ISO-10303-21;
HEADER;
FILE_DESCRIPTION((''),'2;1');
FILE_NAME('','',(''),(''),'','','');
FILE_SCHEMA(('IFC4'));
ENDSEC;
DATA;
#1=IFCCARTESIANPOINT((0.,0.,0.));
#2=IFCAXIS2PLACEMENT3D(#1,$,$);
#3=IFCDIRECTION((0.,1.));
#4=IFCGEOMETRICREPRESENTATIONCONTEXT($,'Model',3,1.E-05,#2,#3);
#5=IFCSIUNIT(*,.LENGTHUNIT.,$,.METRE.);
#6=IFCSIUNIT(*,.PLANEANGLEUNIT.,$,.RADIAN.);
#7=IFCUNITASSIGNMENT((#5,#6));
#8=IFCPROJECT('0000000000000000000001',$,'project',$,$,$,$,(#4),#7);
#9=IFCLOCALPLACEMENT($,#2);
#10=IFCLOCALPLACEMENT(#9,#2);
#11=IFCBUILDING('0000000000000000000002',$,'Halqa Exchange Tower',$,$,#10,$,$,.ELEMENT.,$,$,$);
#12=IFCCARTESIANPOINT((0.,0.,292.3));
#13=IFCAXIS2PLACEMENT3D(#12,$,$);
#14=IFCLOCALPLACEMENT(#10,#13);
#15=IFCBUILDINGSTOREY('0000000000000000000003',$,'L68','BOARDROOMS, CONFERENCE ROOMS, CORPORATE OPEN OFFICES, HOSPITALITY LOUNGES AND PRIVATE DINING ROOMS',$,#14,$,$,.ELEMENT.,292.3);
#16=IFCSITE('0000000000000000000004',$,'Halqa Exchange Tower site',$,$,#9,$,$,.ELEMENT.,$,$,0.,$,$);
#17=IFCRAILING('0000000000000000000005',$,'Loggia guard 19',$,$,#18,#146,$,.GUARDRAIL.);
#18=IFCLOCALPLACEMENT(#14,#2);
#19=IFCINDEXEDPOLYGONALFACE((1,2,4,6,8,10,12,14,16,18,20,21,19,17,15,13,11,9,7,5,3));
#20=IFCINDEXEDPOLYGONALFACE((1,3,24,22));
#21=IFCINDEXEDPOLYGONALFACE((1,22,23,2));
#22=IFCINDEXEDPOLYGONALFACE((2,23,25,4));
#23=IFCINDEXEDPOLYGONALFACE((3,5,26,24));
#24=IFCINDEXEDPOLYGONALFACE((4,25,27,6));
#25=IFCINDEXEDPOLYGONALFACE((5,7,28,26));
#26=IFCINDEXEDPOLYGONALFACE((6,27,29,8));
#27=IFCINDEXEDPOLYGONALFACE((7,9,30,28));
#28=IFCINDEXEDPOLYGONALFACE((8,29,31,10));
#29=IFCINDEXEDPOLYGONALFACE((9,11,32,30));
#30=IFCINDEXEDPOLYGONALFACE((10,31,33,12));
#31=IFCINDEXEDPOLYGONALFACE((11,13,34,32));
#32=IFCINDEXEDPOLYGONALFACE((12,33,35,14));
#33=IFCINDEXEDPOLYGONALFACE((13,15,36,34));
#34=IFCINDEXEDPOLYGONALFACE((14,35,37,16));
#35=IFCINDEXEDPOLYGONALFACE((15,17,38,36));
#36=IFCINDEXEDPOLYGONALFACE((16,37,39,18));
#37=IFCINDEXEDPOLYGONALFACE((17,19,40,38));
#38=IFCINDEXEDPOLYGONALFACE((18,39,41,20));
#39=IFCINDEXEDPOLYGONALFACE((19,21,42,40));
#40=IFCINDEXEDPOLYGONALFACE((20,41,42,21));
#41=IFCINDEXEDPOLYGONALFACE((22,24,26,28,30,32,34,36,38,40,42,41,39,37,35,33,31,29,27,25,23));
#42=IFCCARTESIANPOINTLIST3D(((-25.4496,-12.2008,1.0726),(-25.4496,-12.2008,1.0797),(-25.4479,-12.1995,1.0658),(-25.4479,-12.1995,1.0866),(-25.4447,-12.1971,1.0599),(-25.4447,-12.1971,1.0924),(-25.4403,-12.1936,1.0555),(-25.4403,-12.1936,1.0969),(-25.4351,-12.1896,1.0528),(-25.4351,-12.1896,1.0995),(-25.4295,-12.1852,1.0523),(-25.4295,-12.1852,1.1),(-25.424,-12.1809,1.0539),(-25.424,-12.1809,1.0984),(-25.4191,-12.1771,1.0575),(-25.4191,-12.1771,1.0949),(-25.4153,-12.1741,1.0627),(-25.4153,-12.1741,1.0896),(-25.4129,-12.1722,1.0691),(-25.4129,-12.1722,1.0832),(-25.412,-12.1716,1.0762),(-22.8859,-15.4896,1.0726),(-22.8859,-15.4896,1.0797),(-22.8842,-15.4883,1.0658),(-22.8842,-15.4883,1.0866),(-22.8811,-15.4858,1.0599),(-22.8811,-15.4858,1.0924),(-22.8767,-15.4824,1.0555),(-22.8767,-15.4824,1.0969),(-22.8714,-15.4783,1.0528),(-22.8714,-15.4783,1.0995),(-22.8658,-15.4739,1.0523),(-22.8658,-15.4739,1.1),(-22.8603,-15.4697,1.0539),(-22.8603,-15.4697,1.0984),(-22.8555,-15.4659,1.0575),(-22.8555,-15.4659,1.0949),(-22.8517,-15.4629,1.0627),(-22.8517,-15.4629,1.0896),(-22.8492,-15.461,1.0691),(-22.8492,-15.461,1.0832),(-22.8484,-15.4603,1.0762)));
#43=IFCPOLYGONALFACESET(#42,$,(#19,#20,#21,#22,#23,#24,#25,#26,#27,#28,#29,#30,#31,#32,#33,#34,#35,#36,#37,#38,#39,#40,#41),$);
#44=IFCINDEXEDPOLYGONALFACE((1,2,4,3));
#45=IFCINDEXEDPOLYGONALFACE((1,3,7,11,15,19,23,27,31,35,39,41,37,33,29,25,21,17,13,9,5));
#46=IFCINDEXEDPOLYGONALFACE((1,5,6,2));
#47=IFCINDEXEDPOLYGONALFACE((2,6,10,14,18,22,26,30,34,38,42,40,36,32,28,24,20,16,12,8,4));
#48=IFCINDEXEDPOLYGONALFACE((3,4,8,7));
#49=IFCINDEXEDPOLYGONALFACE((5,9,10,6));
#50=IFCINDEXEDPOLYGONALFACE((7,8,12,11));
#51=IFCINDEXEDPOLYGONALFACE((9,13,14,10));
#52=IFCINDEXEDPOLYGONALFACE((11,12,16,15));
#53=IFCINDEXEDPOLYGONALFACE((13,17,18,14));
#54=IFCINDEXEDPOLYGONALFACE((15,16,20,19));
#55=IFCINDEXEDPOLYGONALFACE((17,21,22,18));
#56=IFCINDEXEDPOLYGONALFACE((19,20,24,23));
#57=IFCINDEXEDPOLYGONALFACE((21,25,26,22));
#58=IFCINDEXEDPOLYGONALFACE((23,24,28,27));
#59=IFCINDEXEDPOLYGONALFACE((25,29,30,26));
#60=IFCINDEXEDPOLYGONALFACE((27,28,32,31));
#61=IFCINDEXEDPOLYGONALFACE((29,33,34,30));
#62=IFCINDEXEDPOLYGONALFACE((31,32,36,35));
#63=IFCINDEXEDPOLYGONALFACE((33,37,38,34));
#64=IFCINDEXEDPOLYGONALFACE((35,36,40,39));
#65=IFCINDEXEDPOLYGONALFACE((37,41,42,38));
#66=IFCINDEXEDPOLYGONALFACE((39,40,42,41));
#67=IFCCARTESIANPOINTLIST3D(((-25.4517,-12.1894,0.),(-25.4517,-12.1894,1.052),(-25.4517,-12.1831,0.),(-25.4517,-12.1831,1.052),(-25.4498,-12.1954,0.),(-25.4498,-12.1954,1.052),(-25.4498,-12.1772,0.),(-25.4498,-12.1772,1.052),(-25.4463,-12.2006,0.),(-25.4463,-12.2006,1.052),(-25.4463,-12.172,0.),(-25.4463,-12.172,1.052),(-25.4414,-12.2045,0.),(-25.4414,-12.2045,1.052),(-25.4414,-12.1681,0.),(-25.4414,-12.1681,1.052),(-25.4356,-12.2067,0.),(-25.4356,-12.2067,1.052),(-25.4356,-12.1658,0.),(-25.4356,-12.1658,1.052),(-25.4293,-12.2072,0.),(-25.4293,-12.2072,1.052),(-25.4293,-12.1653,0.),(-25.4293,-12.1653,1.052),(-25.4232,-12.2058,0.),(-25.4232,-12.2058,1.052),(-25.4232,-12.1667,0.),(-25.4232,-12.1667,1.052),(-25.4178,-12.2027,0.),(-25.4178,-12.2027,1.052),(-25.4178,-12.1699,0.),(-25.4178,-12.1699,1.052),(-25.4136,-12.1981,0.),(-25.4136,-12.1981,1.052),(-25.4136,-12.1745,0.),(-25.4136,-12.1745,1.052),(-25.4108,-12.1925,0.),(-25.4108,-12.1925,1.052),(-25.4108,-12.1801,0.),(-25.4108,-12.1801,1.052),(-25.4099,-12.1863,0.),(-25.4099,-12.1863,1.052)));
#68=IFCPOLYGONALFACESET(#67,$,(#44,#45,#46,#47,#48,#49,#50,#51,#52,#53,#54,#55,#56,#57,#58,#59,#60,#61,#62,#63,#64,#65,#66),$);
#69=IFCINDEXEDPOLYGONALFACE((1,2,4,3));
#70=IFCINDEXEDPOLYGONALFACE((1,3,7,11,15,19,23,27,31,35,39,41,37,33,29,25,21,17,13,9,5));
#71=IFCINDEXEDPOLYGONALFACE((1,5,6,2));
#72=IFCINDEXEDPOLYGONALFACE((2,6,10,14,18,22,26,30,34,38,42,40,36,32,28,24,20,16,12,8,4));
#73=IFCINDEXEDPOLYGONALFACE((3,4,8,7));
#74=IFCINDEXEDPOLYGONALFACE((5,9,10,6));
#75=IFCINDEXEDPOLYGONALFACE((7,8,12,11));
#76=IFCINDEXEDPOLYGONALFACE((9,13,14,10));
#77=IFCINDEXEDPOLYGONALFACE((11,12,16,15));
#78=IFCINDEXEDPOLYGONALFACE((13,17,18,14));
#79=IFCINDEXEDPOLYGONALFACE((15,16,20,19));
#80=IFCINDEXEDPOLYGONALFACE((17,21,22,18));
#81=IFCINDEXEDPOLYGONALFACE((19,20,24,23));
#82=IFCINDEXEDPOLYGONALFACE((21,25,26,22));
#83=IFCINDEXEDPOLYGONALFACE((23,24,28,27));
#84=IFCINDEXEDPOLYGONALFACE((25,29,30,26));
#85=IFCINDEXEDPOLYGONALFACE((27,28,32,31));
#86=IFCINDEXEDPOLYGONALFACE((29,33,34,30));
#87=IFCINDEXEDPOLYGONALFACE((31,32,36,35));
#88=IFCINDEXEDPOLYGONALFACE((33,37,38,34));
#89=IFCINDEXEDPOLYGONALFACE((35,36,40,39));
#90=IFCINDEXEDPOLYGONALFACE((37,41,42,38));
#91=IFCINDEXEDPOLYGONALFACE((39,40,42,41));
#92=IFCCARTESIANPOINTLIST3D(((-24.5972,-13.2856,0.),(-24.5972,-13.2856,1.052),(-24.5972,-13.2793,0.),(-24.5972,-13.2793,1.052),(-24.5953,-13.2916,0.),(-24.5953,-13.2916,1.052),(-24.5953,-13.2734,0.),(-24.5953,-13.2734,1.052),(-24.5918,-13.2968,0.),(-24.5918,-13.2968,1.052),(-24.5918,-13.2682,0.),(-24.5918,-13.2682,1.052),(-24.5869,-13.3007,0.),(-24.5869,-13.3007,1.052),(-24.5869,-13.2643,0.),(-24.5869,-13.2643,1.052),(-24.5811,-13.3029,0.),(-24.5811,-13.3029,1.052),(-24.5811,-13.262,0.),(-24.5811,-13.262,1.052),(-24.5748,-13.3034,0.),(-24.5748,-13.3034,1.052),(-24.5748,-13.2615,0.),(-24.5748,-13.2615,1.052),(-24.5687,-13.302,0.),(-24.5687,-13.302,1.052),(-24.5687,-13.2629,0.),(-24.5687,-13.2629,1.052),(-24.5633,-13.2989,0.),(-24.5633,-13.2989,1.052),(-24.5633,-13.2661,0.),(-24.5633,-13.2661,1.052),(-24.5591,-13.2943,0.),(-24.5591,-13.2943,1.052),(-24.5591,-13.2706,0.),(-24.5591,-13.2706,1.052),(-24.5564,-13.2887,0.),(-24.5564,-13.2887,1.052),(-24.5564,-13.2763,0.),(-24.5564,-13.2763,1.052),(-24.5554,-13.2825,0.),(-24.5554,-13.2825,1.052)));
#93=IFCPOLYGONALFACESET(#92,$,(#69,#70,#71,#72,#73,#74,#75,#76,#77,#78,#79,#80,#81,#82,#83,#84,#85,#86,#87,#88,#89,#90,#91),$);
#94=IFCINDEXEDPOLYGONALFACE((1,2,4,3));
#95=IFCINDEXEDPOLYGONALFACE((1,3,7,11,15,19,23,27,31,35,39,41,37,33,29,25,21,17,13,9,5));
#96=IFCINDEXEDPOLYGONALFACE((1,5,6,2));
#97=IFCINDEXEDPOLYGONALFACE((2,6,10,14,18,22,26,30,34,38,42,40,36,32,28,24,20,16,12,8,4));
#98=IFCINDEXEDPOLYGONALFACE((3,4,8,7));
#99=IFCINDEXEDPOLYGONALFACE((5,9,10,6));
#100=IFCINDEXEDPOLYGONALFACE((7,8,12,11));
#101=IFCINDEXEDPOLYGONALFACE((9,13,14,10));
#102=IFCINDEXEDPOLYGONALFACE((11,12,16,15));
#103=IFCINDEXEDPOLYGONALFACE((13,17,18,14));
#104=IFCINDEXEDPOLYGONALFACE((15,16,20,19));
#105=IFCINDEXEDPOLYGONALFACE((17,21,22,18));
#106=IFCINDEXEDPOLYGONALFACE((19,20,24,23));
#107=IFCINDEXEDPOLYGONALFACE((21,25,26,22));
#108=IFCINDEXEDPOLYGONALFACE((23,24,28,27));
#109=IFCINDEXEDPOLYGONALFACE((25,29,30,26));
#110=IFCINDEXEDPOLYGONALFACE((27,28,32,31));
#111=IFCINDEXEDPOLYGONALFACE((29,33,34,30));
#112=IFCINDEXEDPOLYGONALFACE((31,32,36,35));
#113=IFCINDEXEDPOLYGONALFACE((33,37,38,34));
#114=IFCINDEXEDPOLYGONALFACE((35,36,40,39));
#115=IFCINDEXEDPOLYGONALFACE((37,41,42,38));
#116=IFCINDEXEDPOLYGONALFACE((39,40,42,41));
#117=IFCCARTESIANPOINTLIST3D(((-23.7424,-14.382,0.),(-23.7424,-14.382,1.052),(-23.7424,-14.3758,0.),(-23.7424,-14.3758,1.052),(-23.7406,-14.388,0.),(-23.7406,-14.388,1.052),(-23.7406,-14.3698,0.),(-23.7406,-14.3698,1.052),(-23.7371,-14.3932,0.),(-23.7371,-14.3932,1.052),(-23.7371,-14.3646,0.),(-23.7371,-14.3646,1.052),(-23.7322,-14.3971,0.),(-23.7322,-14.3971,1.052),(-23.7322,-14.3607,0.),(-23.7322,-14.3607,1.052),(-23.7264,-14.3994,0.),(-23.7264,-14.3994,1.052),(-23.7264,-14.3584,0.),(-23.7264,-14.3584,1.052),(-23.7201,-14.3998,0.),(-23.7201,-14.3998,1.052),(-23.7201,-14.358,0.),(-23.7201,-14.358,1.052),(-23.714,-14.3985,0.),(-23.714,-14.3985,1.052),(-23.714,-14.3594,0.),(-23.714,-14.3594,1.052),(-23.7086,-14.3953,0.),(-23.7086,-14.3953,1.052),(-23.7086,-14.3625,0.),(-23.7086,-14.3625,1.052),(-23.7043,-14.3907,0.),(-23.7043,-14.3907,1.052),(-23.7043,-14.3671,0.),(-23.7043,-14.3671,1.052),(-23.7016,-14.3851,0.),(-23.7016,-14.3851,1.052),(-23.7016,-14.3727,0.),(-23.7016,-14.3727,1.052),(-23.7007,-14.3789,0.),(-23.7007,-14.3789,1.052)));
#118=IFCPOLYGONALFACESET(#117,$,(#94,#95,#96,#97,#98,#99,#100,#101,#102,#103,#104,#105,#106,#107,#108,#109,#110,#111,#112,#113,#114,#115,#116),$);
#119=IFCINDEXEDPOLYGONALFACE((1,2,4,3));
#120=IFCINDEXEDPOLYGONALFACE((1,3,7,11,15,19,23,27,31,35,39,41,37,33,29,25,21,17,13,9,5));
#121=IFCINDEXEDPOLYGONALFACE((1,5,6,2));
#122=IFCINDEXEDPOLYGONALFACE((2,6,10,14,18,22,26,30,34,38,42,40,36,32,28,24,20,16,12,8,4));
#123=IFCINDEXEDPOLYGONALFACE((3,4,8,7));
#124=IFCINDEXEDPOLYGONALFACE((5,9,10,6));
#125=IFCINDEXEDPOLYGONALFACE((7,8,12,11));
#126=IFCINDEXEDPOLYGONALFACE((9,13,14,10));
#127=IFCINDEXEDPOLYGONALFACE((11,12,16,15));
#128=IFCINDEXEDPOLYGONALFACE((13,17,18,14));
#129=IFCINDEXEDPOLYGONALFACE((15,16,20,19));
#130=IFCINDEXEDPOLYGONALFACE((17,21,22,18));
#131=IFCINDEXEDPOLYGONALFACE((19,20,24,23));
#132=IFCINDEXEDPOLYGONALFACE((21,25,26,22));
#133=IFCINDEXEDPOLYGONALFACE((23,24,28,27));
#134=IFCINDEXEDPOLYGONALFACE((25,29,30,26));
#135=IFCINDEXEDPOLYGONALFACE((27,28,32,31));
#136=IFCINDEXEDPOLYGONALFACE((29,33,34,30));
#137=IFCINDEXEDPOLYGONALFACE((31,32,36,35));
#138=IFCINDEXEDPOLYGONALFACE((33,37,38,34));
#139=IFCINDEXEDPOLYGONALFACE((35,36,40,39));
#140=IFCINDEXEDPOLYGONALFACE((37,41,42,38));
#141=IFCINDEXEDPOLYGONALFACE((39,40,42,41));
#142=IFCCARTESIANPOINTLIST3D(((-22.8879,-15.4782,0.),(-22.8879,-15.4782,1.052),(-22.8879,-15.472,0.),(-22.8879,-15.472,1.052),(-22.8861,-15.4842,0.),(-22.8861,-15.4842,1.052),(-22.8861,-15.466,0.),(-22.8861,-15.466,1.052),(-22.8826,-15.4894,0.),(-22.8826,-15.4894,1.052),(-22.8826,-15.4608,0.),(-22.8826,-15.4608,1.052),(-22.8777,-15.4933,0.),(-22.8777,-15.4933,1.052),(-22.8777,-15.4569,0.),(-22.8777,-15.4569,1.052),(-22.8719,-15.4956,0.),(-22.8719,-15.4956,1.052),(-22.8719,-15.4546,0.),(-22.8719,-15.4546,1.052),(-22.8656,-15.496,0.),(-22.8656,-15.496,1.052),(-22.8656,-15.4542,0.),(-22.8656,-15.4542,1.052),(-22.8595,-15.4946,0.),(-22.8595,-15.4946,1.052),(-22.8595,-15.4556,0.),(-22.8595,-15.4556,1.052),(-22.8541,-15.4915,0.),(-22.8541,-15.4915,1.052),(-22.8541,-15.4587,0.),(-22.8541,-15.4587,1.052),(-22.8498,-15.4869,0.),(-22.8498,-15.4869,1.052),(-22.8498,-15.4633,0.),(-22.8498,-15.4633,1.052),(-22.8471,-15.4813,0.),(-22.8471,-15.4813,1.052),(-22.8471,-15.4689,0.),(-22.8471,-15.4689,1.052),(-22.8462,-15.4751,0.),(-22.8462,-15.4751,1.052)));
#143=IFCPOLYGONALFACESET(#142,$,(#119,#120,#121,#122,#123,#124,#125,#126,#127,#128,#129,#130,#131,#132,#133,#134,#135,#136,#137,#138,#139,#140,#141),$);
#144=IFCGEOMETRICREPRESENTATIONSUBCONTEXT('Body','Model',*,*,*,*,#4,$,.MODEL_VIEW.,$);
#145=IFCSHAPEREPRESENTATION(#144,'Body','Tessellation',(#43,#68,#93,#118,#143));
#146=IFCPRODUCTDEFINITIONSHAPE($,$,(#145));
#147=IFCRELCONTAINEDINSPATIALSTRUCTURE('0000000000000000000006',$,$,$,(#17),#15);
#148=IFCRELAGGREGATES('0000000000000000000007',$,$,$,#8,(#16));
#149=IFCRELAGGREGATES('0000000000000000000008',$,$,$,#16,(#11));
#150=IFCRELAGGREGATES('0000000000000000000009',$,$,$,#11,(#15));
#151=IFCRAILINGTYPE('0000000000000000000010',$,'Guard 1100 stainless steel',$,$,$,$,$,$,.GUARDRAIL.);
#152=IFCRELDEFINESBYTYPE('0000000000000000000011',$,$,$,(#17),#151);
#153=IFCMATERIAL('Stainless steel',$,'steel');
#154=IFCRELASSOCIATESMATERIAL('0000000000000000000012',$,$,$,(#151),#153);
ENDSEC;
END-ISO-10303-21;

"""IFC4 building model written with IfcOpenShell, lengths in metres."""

from ifc_helpers import new_model, si_unit, direction, frame, origin, origin_2d, place, context, subcontext, project, spatial, circle, extrude, material, type_object, element, save


model = new_model("IFC4")

# Units and contexts
model_context = context("Model", 3, precision=1e-05, world=origin(), true_north=direction((0.0, 1.0)))
body_context = subcontext(model_context, "Body", "Model", "MODEL_VIEW")
ifc_project = project(units=[si_unit("LENGTHUNIT", "METRE"), si_unit("PLANEANGLEUNIT", "RADIAN")], contexts=[model_context])

# Site, building, storey
site_placement = place(None, origin())
site = spatial("IfcSite", under=ifc_project, at=site_placement, Name="Halqa Exchange Tower site", CompositionType="ELEMENT", RefElevation=0.0)
building_placement = place(site_placement, origin())
building = spatial("IfcBuilding", under=site, at=building_placement, Name="Halqa Exchange Tower", CompositionType="ELEMENT")
storey_placement = place(building_placement, frame((0.0, 0.0, 292.3)))
storey = spatial("IfcBuildingStorey", under=building, at=storey_placement, Name="L68", Description="BOARDROOMS, CONFERENCE ROOMS, CORPORATE OPEN OFFICES, HOSPITALITY LOUNGES AND PRIVATE DINING ROOMS", CompositionType="ELEMENT", Elevation=292.3)

# Railing
ifc_material_1 = material(Name="Stainless steel", Category="steel")
railing_type = type_object("IfcRailingType", Name="Guard 1100 stainless steel", PredefinedType="GUARDRAIL", material=ifc_material_1)
railing_1_placement = place(storey_placement, frame((-25.4309, -12.1863, 0.0)))
element("IfcRailing", 1, at=railing_1_placement, inside=storey, type_object=railing_type, Name="Loggia guard 19", PredefinedType="GUARDRAIL", context=body_context, shape_type="SweptSolid", body=[
    extrude(circle(Radius=0.0239, at=origin_2d()), frame((0.0, 0.0, 1.0762), z_axis=(0.6148, -0.788683, 0.0), x_axis=(0.788683, 0.6148, 0.0)), (0.0, 0.0, 1.0), 4.1699),
    extrude(circle(Radius=0.021, at=origin_2d()), origin(), (0.0, 0.0, 1.0), 1.052),
    extrude(circle(Radius=0.021, at=origin_2d()), frame((0.8545, -1.0962, 0.0)), (0.0, 0.0, 1.0), 1.052),
    extrude(circle(Radius=0.021, at=origin_2d()), frame((1.7092, -2.1926, 0.0)), (0.0, 0.0, 1.0), 1.052),
    extrude(circle(Radius=0.021, at=origin_2d()), frame((2.5637, -3.2888, 0.0)), (0.0, 0.0, 1.0), 1.052),
])

save(model, "model.ifc")
